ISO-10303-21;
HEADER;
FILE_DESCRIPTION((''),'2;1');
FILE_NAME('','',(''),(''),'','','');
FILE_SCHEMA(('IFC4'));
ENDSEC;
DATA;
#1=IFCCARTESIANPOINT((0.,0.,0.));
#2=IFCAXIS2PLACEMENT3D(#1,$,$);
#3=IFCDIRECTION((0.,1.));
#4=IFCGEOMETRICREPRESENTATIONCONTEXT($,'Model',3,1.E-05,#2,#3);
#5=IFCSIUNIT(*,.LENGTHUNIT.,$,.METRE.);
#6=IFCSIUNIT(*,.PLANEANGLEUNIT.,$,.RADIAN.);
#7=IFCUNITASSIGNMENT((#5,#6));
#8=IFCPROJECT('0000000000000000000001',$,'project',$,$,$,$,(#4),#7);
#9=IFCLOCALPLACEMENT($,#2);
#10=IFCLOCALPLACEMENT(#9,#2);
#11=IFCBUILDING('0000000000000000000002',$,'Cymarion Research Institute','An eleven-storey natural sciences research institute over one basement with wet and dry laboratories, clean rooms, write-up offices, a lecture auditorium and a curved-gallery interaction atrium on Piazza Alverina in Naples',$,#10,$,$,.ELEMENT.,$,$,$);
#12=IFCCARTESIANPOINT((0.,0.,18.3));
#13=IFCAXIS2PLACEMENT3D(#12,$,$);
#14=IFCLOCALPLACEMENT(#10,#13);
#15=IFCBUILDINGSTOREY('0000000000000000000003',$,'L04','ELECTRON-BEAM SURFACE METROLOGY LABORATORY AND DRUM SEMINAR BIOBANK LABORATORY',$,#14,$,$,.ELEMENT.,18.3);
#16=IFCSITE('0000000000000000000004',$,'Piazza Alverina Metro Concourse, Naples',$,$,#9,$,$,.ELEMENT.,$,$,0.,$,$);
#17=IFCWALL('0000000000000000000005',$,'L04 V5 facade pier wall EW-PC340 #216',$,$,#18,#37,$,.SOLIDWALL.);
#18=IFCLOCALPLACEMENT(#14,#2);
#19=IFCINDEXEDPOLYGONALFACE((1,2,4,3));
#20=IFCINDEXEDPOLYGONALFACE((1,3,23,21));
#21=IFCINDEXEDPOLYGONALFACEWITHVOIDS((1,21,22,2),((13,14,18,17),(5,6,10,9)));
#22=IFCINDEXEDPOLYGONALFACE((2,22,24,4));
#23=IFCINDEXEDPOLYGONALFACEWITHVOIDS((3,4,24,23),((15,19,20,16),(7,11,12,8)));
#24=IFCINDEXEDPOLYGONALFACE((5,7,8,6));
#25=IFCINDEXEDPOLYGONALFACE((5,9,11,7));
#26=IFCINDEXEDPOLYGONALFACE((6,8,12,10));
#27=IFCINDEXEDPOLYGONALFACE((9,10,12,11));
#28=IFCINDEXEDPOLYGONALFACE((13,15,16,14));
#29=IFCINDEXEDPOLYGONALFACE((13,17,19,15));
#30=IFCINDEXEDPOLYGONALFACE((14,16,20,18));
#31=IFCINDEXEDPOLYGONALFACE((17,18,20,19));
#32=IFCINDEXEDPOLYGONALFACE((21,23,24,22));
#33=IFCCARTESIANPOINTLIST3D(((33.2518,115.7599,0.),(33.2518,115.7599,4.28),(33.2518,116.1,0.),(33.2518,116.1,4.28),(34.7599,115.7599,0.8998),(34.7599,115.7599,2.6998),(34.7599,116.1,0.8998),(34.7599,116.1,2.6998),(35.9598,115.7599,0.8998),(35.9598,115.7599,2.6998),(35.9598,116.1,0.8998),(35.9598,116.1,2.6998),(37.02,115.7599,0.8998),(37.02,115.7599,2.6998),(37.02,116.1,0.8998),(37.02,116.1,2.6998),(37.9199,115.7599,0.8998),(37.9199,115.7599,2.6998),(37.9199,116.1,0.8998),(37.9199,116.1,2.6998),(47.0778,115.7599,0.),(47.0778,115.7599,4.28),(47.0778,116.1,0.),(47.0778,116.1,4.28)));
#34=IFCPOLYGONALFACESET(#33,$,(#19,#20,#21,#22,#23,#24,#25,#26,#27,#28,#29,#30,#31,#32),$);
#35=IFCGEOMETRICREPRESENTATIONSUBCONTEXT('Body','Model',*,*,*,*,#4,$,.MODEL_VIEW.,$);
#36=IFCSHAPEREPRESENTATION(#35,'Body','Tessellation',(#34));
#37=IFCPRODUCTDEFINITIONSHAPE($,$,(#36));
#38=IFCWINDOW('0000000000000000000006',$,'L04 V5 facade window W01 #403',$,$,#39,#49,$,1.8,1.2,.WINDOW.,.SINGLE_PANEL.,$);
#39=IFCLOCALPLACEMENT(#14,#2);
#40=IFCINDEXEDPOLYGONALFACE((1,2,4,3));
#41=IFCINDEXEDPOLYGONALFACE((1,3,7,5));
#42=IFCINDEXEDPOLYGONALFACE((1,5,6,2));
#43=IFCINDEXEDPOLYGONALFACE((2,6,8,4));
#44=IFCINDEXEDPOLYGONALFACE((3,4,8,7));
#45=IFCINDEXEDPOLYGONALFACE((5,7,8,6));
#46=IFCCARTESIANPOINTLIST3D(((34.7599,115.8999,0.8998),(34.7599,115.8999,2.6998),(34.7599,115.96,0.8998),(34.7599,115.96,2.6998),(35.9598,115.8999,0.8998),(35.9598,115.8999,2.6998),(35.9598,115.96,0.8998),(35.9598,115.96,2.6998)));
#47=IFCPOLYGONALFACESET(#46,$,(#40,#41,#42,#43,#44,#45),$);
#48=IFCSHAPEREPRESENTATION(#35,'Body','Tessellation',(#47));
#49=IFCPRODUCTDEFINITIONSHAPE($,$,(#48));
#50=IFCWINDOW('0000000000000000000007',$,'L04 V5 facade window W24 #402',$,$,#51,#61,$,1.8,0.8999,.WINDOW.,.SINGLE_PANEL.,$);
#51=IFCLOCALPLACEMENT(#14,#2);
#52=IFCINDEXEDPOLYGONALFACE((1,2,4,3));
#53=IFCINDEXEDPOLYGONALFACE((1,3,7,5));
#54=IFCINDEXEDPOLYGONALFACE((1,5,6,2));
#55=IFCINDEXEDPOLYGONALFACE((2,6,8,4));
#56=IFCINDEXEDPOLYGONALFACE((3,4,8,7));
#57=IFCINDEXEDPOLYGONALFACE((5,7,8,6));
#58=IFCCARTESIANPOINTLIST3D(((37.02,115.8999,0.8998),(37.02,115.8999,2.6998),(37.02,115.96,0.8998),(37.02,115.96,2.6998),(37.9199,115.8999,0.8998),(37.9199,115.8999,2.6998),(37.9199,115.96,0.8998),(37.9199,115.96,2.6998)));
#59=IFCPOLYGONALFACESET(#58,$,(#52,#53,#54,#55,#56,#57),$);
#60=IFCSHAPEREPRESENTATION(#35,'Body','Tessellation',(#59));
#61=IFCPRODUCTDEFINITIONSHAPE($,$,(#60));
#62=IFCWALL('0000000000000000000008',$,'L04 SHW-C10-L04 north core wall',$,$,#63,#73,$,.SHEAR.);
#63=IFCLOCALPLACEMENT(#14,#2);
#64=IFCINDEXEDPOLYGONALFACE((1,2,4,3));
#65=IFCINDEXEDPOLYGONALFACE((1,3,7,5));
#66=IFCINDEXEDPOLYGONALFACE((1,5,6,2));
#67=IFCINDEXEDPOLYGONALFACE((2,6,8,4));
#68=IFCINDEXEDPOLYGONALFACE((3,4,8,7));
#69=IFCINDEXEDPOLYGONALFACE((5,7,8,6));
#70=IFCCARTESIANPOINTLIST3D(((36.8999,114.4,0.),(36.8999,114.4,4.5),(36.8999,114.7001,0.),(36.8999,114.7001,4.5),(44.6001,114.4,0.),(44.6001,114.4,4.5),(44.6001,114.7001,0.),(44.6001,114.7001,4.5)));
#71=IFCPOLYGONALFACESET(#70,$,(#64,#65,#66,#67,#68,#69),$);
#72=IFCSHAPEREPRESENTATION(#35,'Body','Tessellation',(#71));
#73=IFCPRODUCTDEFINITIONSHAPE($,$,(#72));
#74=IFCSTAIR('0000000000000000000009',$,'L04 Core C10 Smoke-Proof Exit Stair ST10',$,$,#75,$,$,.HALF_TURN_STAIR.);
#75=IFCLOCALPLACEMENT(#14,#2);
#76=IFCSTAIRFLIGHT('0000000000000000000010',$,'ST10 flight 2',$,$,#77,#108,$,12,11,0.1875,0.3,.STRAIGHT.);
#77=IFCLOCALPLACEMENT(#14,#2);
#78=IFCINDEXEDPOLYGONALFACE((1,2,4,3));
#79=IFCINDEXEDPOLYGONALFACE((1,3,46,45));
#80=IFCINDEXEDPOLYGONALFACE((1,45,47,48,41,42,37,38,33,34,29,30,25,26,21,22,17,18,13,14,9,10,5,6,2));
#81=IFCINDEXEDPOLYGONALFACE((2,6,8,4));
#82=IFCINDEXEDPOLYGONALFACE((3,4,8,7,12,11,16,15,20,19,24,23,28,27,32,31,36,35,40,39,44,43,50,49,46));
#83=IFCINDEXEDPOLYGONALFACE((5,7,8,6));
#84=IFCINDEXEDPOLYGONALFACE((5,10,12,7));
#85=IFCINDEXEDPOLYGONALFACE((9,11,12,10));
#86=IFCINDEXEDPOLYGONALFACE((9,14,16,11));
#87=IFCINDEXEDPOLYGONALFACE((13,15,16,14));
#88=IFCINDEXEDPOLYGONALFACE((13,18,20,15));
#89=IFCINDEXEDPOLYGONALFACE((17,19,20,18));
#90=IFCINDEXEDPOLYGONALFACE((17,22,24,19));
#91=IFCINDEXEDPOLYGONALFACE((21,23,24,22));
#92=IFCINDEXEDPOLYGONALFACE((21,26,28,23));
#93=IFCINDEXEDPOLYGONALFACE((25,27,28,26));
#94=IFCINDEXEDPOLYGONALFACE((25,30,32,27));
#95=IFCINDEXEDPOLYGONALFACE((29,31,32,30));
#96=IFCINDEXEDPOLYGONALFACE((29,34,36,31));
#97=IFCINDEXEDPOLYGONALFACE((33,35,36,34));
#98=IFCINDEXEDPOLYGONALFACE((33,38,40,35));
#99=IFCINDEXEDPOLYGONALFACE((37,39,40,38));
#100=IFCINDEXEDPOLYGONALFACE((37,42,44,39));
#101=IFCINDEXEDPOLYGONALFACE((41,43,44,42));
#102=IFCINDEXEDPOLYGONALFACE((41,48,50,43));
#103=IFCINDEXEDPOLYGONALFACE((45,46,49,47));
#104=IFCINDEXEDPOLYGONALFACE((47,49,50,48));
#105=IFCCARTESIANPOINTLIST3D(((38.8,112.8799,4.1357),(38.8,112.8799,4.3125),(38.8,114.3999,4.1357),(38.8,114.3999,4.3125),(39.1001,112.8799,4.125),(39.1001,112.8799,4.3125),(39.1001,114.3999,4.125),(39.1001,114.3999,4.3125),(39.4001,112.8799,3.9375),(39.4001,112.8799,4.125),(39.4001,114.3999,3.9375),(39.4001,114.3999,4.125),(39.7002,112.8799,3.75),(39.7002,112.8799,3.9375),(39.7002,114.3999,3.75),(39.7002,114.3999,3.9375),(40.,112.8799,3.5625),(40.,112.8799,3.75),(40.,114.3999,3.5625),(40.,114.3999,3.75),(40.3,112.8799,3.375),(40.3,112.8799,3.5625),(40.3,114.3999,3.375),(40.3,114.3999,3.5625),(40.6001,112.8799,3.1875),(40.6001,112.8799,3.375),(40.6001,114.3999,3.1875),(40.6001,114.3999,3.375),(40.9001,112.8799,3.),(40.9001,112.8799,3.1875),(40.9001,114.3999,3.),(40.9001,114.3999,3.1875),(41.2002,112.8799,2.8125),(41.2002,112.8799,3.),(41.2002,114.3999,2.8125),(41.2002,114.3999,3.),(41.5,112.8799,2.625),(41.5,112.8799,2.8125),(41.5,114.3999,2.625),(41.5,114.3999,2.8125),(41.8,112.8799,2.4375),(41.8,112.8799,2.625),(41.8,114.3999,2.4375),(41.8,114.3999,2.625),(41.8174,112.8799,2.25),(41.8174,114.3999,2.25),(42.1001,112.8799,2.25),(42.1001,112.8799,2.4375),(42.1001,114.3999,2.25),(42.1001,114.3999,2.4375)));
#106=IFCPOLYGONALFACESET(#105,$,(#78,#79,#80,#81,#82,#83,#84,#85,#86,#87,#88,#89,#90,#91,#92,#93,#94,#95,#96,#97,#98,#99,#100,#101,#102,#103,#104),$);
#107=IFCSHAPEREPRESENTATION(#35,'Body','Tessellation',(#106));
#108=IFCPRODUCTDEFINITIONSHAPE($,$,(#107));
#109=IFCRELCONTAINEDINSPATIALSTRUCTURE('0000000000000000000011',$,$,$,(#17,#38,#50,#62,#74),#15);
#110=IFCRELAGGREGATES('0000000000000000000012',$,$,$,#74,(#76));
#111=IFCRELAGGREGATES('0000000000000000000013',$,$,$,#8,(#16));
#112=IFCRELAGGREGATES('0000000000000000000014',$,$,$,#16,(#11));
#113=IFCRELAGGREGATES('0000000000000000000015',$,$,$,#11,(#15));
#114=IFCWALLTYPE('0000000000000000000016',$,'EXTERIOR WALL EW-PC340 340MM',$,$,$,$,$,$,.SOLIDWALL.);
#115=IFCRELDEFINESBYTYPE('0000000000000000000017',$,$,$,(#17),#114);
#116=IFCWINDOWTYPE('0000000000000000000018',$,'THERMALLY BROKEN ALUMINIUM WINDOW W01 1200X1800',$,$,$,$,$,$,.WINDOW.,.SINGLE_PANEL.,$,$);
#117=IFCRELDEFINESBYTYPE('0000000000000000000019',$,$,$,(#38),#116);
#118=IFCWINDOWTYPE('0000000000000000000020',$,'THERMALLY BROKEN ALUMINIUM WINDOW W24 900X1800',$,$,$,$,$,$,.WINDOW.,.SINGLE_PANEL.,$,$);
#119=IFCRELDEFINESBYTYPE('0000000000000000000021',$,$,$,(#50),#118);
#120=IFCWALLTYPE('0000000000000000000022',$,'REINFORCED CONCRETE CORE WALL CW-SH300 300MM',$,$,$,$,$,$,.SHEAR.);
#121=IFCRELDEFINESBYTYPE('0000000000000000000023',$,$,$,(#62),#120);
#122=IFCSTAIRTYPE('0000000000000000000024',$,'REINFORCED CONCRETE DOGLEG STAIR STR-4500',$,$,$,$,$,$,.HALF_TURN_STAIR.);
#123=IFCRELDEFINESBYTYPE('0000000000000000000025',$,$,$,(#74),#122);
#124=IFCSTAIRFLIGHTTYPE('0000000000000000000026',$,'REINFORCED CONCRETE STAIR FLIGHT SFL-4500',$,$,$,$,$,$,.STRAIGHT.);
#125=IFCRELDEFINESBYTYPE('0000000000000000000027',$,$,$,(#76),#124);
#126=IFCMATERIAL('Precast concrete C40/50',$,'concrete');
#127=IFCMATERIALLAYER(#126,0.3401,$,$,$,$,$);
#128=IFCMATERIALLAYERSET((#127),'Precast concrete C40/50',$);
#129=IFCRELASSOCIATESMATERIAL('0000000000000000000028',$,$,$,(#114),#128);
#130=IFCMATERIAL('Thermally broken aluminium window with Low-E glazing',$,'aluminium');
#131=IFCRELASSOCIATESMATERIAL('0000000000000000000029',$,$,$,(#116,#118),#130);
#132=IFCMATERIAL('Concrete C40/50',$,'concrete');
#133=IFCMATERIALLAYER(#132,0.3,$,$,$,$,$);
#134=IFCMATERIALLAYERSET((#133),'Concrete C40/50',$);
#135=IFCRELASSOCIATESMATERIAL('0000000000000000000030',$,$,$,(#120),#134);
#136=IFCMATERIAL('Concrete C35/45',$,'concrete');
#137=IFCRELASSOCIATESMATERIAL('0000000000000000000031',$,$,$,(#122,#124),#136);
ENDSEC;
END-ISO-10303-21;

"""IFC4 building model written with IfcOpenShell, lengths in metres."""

from ifc_helpers import new_model, si_unit, direction, frame, frame_2d, origin, place, context, subcontext, project, spatial, polyline, rectangle, outline, extrude, material, layer, layer_set, type_object, element, fill, aggregate, save


model = new_model("IFC4")

# Units and contexts
model_context = context("Model", 3, precision=1e-05, world=origin(), true_north=direction((0.0, 1.0)))
body_context = subcontext(model_context, "Body", "Model", "MODEL_VIEW")
ifc_project = project(units=[si_unit("LENGTHUNIT", "METRE"), si_unit("PLANEANGLEUNIT", "RADIAN")], contexts=[model_context])

# Site, building, storey
site_placement = place(None, origin())
site = spatial("IfcSite", under=ifc_project, at=site_placement, Name="Piazza Alverina Metro Concourse, Naples", CompositionType="ELEMENT", RefElevation=0.0)
building_placement = place(site_placement, origin())
building = spatial("IfcBuilding", under=site, at=building_placement, Name="Cymarion Research Institute", Description="An eleven-storey natural sciences research institute over one basement with wet and dry laboratories, clean rooms, write-up offices, a lecture auditorium and a curved-gallery interaction atrium on Piazza Alverina in Naples", CompositionType="ELEMENT")
storey_placement = place(building_placement, frame((0.0, 0.0, 18.3)))
storey = spatial("IfcBuildingStorey", under=building, at=storey_placement, Name="L04", Description="ELECTRON-BEAM SURFACE METROLOGY LABORATORY AND DRUM SEMINAR BIOBANK LABORATORY", CompositionType="ELEMENT", Elevation=18.3)

# Wall, openings, windows
ifc_material_1 = material(Name="Precast concrete C40/50", Category="concrete")
ifc_layer_1 = layer(ifc_material_1, 0.3401)
ifc_layer_set_1 = layer_set([ifc_layer_1], Name="Precast concrete C40/50")
wall_type_1 = type_object("IfcWallType", Name="EXTERIOR WALL EW-PC340 340MM", PredefinedType="SOLIDWALL", material=ifc_layer_set_1)
wall_1_placement = place(storey_placement, frame((47.0779, 115.9299, 0.0), z_axis=(0.0, 0.0, 1.0), x_axis=(-1.0, 0.0, 0.0)))
wall_1 = element("IfcWall", 1, at=wall_1_placement, inside=storey, type_object=wall_type_1, Name="L04 V5 facade pier wall EW-PC340 #216", PredefinedType="SOLIDWALL", context=body_context, shape_type="SweptSolid", body=[
    extrude(rectangle(XDim=13.8259, YDim=0.3401, at=frame_2d((6.9131, 0.0))), origin(), (0.0, 0.0, 1.0), 4.28),
])
opening_1_placement = place(wall_1_placement, frame((9.158, 0.0, 0.8999)))
opening_1 = element("IfcOpeningElement", 2, at=opening_1_placement, cuts=wall_1, PredefinedType="OPENING", context=body_context, shape_type="SweptSolid", body=[
    extrude(rectangle(XDim=0.8999, YDim=1.8, at=frame_2d((0.45, 0.8999))), frame((0.0, 0.1799, 0.0), z_axis=(0.0, -1.0, 0.0), x_axis=(1.0, 0.0, 0.0)), (0.0, 0.0, 1.0), 0.3601),
])
opening_2_placement = place(wall_1_placement, frame((11.1179, 0.0, 0.8999)))
opening_2 = element("IfcOpeningElement", 3, at=opening_2_placement, cuts=wall_1, PredefinedType="OPENING", context=body_context, shape_type="SweptSolid", body=[
    extrude(rectangle(XDim=1.2, YDim=1.8, at=frame_2d((0.6001, 0.8999))), frame((0.0, 0.1799, 0.0), z_axis=(0.0, -1.0, 0.0), x_axis=(1.0, 0.0, 0.0)), (0.0, 0.0, 1.0), 0.3601),
])
ifc_material_2 = material(Name="Thermally broken aluminium window with Low-E glazing", Category="aluminium")
window_type_1 = type_object("IfcWindowType", Name="THERMALLY BROKEN ALUMINIUM WINDOW W01 1200X1800", PartitioningType="SINGLE_PANEL", PredefinedType="WINDOW", material=ifc_material_2)
window_1_placement = place(opening_2_placement, origin())
window_1 = element("IfcWindow", 4, at=window_1_placement, inside=storey, type_object=window_type_1, Name="L04 V5 facade window W01 #403", OverallHeight=1.8, OverallWidth=1.2, PartitioningType="SINGLE_PANEL", PredefinedType="WINDOW", context=body_context, shape_type="SweptSolid", body=[
    extrude(rectangle(XDim=1.2, YDim=1.8, at=frame_2d((0.6001, 0.8999))), frame((0.0, 0.03, 0.0), z_axis=(0.0, -1.0, 0.0), x_axis=(1.0, 0.0, 0.0)), (0.0, 0.0, 1.0), 0.0601),
])
fill(opening_2, window_1)
window_type_2 = type_object("IfcWindowType", Name="THERMALLY BROKEN ALUMINIUM WINDOW W24 900X1800", PartitioningType="SINGLE_PANEL", PredefinedType="WINDOW", material=ifc_material_2)
window_2_placement = place(opening_1_placement, origin())
window_2 = element("IfcWindow", 5, at=window_2_placement, inside=storey, type_object=window_type_2, Name="L04 V5 facade window W24 #402", OverallHeight=1.8, OverallWidth=0.8999, PartitioningType="SINGLE_PANEL", PredefinedType="WINDOW", context=body_context, shape_type="SweptSolid", body=[
    extrude(rectangle(XDim=0.8999, YDim=1.8, at=frame_2d((0.45, 0.8999))), frame((0.0, 0.03, 0.0), z_axis=(0.0, -1.0, 0.0), x_axis=(1.0, 0.0, 0.0)), (0.0, 0.0, 1.0), 0.0601),
])
fill(opening_1, window_2)

# Wall
ifc_material_3 = material(Name="Concrete C40/50", Category="concrete")
ifc_layer_2 = layer(ifc_material_3, 0.3)
ifc_layer_set_2 = layer_set([ifc_layer_2], Name="Concrete C40/50")
wall_type_2 = type_object("IfcWallType", Name="REINFORCED CONCRETE CORE WALL CW-SH300 300MM", PredefinedType="SHEAR", material=ifc_layer_set_2)
wall_2_placement = place(storey_placement, frame((44.6001, 114.55, 0.0), z_axis=(0.0, 0.0, 1.0), x_axis=(-1.0, 0.0, 0.0)))
element("IfcWall", 6, at=wall_2_placement, inside=storey, type_object=wall_type_2, Name="L04 SHW-C10-L04 north core wall", PredefinedType="SHEAR", context=body_context, shape_type="SweptSolid", body=[
    extrude(rectangle(XDim=7.7002, YDim=0.3, at=frame_2d((3.8501, 0.0))), origin(), (0.0, 0.0, 1.0), 4.5),
])

# Stair, stair flight
ifc_material_4 = material(Name="Concrete C35/45", Category="concrete")
stair_type = type_object("IfcStairType", Name="REINFORCED CONCRETE DOGLEG STAIR STR-4500", PredefinedType="HALF_TURN_STAIR", material=ifc_material_4)
stair_placement = place(storey_placement, origin())
stair = element("IfcStair", 7, at=stair_placement, inside=storey, type_object=stair_type, Name="L04 Core C10 Smoke-Proof Exit Stair ST10", PredefinedType="HALF_TURN_STAIR")
stair_flight_type = type_object("IfcStairFlightType", Name="REINFORCED CONCRETE STAIR FLIGHT SFL-4500", PredefinedType="STRAIGHT", material=ifc_material_4)
stair_flight_placement = place(storey_placement, frame((42.1001, 113.6399, 2.25), z_axis=(0.0, 0.0, 1.0), x_axis=(-1.0, 0.0, 0.0)))
stair_flight = element("IfcStairFlight", 8, at=stair_flight_placement, type_object=stair_flight_type, Name="ST10 flight 2", NumberOfRisers=12, NumberOfTreads=11, PredefinedType="STRAIGHT", RiserHeight=0.1875, TreadLength=0.3, context=body_context, shape_type="SweptSolid", body=[
    extrude(outline(polyline([(0.0, 0.0), (0.0, 0.1875), (0.3, 0.1875), (0.3, 0.375), (0.6001, 0.375), (0.6001, 0.5625), (0.8999, 0.5625), (0.8999, 0.75), (1.2, 0.75), (1.2, 0.9375), (1.5, 0.9375), (1.5, 1.125), (1.8, 1.125), (1.8, 1.3125), (2.1001, 1.3125), (2.1001, 1.5), (2.3999, 1.5), (2.3999, 1.6875), (2.7, 1.6875), (2.7, 1.875), (3.0, 1.875), (3.0, 2.0625), (3.3, 2.0625), (3.3, 2.25), (3.3, 1.8857), (0.2827, 0.0), (0.0, 0.0)])), frame((0.0, 0.76, 0.0), z_axis=(0.0, -1.0, 0.0), x_axis=(1.0, 0.0, 0.0)), (0.0, 0.0, 1.0), 1.52),
])
aggregate(stair, [stair_flight])

save(model, "model.ifc")
